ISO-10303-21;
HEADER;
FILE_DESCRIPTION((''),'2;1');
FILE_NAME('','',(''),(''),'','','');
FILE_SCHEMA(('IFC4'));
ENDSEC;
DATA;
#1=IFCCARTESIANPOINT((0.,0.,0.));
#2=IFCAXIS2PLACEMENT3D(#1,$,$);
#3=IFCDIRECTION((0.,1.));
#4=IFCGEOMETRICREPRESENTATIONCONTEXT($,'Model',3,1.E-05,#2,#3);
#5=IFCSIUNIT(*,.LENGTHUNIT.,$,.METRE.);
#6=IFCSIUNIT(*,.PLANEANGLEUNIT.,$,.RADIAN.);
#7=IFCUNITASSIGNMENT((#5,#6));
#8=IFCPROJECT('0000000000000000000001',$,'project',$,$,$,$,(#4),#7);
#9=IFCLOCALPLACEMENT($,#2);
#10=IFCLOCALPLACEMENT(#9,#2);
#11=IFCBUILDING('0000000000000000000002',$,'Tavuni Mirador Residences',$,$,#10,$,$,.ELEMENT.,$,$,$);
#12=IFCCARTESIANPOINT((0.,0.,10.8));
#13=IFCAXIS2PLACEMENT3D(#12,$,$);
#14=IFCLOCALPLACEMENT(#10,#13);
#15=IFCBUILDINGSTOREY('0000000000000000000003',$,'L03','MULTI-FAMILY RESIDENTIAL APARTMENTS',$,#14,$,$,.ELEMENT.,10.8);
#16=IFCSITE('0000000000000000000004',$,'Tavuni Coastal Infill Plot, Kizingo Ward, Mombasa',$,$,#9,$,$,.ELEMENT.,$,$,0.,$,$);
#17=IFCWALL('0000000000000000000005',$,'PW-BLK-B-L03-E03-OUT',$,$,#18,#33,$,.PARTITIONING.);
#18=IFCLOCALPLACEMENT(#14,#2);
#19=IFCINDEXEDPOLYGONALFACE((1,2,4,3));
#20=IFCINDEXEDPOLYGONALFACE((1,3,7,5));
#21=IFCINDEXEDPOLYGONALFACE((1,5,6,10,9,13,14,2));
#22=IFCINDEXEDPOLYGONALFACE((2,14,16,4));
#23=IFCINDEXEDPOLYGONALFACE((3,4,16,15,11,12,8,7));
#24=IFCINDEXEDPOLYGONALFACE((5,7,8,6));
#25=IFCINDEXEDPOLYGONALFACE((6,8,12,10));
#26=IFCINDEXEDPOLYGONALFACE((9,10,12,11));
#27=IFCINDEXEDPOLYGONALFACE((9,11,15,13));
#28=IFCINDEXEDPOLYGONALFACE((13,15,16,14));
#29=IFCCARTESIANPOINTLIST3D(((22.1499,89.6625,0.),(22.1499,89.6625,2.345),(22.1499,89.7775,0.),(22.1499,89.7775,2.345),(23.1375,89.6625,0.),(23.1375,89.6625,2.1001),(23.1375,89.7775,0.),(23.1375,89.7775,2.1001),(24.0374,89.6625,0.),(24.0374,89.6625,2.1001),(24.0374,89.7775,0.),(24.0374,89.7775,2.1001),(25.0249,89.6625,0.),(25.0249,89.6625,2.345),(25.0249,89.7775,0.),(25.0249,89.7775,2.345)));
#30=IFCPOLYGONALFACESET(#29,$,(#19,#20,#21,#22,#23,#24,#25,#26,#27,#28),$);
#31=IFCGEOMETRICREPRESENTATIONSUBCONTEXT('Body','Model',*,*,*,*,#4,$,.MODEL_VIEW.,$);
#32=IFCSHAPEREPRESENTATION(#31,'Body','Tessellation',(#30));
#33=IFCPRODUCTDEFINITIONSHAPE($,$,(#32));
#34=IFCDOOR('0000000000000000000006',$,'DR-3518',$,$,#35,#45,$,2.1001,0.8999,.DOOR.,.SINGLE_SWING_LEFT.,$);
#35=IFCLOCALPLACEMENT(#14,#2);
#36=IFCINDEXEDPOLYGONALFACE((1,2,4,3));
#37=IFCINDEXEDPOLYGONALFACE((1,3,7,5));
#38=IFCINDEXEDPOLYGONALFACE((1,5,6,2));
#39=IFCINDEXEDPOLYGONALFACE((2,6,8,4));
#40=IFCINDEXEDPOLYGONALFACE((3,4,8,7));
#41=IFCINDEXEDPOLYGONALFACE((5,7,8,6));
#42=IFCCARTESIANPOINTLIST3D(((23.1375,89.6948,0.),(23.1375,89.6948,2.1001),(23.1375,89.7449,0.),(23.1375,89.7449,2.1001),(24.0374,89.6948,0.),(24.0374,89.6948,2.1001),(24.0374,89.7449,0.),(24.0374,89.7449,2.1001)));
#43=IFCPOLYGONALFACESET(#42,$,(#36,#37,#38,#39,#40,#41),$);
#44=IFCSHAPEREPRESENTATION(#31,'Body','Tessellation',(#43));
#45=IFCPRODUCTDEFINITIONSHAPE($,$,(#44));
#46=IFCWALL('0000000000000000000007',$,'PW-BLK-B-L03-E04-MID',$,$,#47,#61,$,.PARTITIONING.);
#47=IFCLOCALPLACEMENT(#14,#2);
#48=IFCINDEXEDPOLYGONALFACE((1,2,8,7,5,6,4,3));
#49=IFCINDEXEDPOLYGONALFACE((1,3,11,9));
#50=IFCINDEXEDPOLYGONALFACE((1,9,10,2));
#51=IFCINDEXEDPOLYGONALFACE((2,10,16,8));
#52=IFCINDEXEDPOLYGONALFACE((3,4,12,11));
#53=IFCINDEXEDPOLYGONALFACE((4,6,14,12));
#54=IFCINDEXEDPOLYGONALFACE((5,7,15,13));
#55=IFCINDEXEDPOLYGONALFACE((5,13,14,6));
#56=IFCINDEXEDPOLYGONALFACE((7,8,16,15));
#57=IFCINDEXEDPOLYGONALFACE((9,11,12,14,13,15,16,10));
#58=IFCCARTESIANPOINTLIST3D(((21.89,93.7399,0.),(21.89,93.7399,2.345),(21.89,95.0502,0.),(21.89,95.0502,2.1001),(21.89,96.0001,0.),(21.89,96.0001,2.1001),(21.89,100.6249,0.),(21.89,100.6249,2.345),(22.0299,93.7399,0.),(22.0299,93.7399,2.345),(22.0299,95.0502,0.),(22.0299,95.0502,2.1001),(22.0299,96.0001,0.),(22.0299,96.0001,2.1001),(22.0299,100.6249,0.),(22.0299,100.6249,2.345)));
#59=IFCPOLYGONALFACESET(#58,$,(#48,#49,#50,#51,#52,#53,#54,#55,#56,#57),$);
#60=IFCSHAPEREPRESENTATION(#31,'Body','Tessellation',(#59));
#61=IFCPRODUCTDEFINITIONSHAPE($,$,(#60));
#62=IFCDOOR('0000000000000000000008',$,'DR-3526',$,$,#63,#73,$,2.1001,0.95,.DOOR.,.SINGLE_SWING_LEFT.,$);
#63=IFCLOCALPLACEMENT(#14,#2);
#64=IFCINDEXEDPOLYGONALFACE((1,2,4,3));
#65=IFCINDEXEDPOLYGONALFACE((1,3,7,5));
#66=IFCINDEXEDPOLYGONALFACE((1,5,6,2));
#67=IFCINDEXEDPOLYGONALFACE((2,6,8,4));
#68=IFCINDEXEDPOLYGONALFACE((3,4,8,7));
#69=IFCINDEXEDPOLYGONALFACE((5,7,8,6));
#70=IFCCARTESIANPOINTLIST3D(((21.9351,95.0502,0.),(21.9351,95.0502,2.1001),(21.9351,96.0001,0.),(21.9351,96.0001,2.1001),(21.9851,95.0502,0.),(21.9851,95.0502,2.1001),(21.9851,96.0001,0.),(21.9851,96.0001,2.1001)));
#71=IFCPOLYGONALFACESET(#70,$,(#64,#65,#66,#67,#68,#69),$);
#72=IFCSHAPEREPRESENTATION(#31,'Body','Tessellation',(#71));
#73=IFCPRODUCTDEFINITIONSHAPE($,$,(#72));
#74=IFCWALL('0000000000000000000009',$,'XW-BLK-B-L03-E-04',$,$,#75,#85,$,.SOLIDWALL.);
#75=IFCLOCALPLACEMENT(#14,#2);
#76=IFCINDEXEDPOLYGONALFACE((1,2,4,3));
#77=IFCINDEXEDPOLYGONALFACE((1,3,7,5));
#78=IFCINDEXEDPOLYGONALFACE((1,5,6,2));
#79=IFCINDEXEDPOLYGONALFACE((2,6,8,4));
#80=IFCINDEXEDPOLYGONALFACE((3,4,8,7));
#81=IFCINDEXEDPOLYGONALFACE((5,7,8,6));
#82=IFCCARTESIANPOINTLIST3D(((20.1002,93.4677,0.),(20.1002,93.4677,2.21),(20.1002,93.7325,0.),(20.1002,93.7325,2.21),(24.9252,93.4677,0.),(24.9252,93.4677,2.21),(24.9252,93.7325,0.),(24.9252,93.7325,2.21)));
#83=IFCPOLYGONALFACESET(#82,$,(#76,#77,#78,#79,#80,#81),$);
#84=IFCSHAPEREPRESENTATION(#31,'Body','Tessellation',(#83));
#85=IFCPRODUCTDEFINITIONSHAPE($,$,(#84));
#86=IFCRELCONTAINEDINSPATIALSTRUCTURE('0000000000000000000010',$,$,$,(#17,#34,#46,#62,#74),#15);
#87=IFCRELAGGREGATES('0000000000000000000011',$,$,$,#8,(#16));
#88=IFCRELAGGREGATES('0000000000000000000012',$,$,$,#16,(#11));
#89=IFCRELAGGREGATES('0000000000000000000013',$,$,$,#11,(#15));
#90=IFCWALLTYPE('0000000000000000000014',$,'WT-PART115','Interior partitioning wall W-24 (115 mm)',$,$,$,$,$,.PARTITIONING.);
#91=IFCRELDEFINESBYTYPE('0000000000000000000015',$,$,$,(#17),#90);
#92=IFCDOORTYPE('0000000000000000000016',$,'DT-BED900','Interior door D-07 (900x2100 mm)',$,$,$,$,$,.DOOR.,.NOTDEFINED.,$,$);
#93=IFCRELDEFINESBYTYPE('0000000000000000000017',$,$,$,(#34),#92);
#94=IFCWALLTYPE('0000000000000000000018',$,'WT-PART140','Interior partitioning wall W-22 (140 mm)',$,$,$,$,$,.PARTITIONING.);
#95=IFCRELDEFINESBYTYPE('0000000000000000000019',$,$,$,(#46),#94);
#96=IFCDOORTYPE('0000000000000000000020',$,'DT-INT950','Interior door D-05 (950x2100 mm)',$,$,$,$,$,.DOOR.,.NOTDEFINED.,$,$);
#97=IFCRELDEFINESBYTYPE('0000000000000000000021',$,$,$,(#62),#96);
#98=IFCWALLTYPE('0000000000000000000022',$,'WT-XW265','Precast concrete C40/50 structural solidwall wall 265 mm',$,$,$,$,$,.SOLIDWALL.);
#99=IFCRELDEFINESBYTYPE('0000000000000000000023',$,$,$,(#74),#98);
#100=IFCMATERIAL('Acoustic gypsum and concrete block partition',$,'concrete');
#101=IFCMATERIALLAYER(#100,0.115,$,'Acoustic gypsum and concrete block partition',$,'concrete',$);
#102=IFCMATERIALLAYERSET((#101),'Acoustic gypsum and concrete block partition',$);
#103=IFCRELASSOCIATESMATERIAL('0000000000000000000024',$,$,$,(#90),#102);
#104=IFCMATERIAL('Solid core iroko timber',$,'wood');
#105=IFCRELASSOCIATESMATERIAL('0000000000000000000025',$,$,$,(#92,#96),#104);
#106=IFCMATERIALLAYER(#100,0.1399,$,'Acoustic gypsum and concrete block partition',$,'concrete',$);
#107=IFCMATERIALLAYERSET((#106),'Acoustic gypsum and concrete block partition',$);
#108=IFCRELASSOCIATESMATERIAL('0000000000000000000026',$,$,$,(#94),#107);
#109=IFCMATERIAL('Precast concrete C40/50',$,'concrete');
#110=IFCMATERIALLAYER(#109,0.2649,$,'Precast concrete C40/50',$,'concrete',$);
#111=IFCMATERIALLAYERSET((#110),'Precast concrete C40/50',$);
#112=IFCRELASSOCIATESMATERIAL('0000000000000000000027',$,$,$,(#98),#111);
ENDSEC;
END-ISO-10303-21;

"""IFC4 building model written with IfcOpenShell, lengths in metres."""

from ifc_helpers import new_model, si_unit, direction, frame, frame_2d, origin, place, context, subcontext, project, spatial, rectangle, extrude, material, layer, layer_set, type_object, element, fill, save


model = new_model("IFC4")

# Units and contexts
model_context = context("Model", 3, precision=1e-05, world=origin(), true_north=direction((0.0, 1.0)))
body_context = subcontext(model_context, "Body", "Model", "MODEL_VIEW")
ifc_project = project(units=[si_unit("LENGTHUNIT", "METRE"), si_unit("PLANEANGLEUNIT", "RADIAN")], contexts=[model_context])

# Site, building, storey
site_placement = place(None, origin())
site = spatial("IfcSite", under=ifc_project, at=site_placement, Name="Tavuni Coastal Infill Plot, Kizingo Ward, Mombasa", CompositionType="ELEMENT", RefElevation=0.0)
building_placement = place(site_placement, origin())
building = spatial("IfcBuilding", under=site, at=building_placement, Name="Tavuni Mirador Residences", CompositionType="ELEMENT")
storey_placement = place(building_placement, frame((0.0, 0.0, 10.8)))
storey = spatial("IfcBuildingStorey", under=building, at=storey_placement, Name="L03", Description="MULTI-FAMILY RESIDENTIAL APARTMENTS", CompositionType="ELEMENT", Elevation=10.8)

# Shared definitions
ifc_material_1 = material(Name="Precast concrete C40/50", Category="concrete")

# Shared definitions
ifc_material_2 = material(Name="Solid core iroko timber", Category="wood")

# Walls, openings, doors
ifc_material_3 = material(Name="Acoustic gypsum and concrete block partition", Category="concrete")
ifc_layer_1 = layer(ifc_material_3, 0.115, Name="Acoustic gypsum and concrete block partition", Category="concrete")
ifc_layer_set_1 = layer_set([ifc_layer_1], Name="Acoustic gypsum and concrete block partition")
wall_type_1 = type_object("IfcWallType", Name="WT-PART115", Description="Interior partitioning wall W-24 (115 mm)", PredefinedType="PARTITIONING", material=ifc_layer_set_1)
wall_1_placement = place(storey_placement, frame((22.1499, 89.72, 0.0), z_axis=(0.0, 0.0, 1.0), x_axis=(1.0, 0.0, 0.0)))
wall_1 = element("IfcWall", 1, at=wall_1_placement, inside=storey, type_object=wall_type_1, Name="PW-BLK-B-L03-E03-OUT", PredefinedType="PARTITIONING", context=body_context, shape_type="SweptSolid", body=[
    extrude(rectangle(XDim=2.875, YDim=0.115, at=frame_2d((1.4375, 0.0))), origin(), (0.0, 0.0, 1.0), 2.345),
])
opening_1_placement = place(wall_1_placement, frame((0.9875, 0.0, 0.0)))
opening_1 = element("IfcOpeningElement", 2, at=opening_1_placement, cuts=wall_1, PredefinedType="OPENING", context=body_context, shape_type="SweptSolid", body=[
    extrude(rectangle(XDim=0.8999, YDim=2.1001, at=frame_2d((0.45, 1.05))), frame((0.0, 0.0674, 0.0), z_axis=(0.0, -1.0, 0.0), x_axis=(1.0, 0.0, 0.0)), (0.0, 0.0, 1.0), 0.135),
])
door_type_1 = type_object("IfcDoorType", Name="DT-BED900", Description="Interior door D-07 (900x2100 mm)", OperationType="NOTDEFINED", PredefinedType="DOOR", material=ifc_material_2)
door_1_placement = place(opening_1_placement, origin())
door_1 = element("IfcDoor", 3, at=door_1_placement, inside=storey, type_object=door_type_1, Name="DR-3518", OperationType="SINGLE_SWING_LEFT", OverallHeight=2.1001, OverallWidth=0.8999, PredefinedType="DOOR", context=body_context, shape_type="SweptSolid", body=[
    extrude(rectangle(XDim=0.8999, YDim=2.1001, at=frame_2d((0.45, 1.05))), frame((0.0, 0.0249, 0.0), z_axis=(0.0, -1.0, 0.0), x_axis=(1.0, 0.0, 0.0)), (0.0, 0.0, 1.0), 0.05),
])
fill(opening_1, door_1)
ifc_layer_2 = layer(ifc_material_3, 0.1399, Name="Acoustic gypsum and concrete block partition", Category="concrete")
ifc_layer_set_2 = layer_set([ifc_layer_2], Name="Acoustic gypsum and concrete block partition")
wall_type_2 = type_object("IfcWallType", Name="WT-PART140", Description="Interior partitioning wall W-22 (140 mm)", PredefinedType="PARTITIONING", material=ifc_layer_set_2)
wall_2_placement = place(storey_placement, frame((21.96, 93.74, 0.0), z_axis=(0.0, 0.0, 1.0), x_axis=(0.0, 1.0, 0.0)))
wall_2 = element("IfcWall", 4, at=wall_2_placement, inside=storey, type_object=wall_type_2, Name="PW-BLK-B-L03-E04-MID", PredefinedType="PARTITIONING", context=body_context, shape_type="SweptSolid", body=[
    extrude(rectangle(XDim=6.885, YDim=0.1399, at=frame_2d((3.4424, 0.0))), origin(), (0.0, 0.0, 1.0), 2.345),
])
opening_2_placement = place(wall_2_placement, frame((1.3101, 0.0, 0.0)))
opening_2 = element("IfcOpeningElement", 5, at=opening_2_placement, cuts=wall_2, PredefinedType="OPENING", context=body_context, shape_type="SweptSolid", body=[
    extrude(rectangle(XDim=0.95, YDim=2.1001, at=frame_2d((0.4751, 1.05))), frame((0.0, 0.0801, 0.0), z_axis=(0.0, -1.0, 0.0), x_axis=(1.0, 0.0, 0.0)), (0.0, 0.0, 1.0), 0.1599),
])
door_type_2 = type_object("IfcDoorType", Name="DT-INT950", Description="Interior door D-05 (950x2100 mm)", OperationType="NOTDEFINED", PredefinedType="DOOR", material=ifc_material_2)
door_2_placement = place(opening_2_placement, origin())
door_2 = element("IfcDoor", 6, at=door_2_placement, inside=storey, type_object=door_type_2, Name="DR-3526", OperationType="SINGLE_SWING_LEFT", OverallHeight=2.1001, OverallWidth=0.95, PredefinedType="DOOR", context=body_context, shape_type="SweptSolid", body=[
    extrude(rectangle(XDim=0.95, YDim=2.1001, at=frame_2d((0.4751, 1.05))), frame((0.0, 0.0249, 0.0), z_axis=(0.0, -1.0, 0.0), x_axis=(1.0, 0.0, 0.0)), (0.0, 0.0, 1.0), 0.05),
])
fill(opening_2, door_2)

# Wall
ifc_layer_3 = layer(ifc_material_1, 0.2649, Name="Precast concrete C40/50", Category="concrete")
ifc_layer_set_3 = layer_set([ifc_layer_3], Name="Precast concrete C40/50")
wall_type_3 = type_object("IfcWallType", Name="WT-XW265", Description="Precast concrete C40/50 structural solidwall wall 265 mm", PredefinedType="SOLIDWALL", material=ifc_layer_set_3)
wall_3_placement = place(storey_placement, frame((20.1001, 93.6001, 0.0), z_axis=(0.0, 0.0, 1.0), x_axis=(1.0, 0.0, 0.0)))
element("IfcWall", 7, at=wall_3_placement, inside=storey, type_object=wall_type_3, Name="XW-BLK-B-L03-E-04", PredefinedType="SOLIDWALL", context=body_context, shape_type="SweptSolid", body=[
    extrude(rectangle(XDim=4.825, YDim=0.2649, at=frame_2d((2.4126, 0.0))), origin(), (0.0, 0.0, 1.0), 2.21),
])

save(model, "model.ifc")
